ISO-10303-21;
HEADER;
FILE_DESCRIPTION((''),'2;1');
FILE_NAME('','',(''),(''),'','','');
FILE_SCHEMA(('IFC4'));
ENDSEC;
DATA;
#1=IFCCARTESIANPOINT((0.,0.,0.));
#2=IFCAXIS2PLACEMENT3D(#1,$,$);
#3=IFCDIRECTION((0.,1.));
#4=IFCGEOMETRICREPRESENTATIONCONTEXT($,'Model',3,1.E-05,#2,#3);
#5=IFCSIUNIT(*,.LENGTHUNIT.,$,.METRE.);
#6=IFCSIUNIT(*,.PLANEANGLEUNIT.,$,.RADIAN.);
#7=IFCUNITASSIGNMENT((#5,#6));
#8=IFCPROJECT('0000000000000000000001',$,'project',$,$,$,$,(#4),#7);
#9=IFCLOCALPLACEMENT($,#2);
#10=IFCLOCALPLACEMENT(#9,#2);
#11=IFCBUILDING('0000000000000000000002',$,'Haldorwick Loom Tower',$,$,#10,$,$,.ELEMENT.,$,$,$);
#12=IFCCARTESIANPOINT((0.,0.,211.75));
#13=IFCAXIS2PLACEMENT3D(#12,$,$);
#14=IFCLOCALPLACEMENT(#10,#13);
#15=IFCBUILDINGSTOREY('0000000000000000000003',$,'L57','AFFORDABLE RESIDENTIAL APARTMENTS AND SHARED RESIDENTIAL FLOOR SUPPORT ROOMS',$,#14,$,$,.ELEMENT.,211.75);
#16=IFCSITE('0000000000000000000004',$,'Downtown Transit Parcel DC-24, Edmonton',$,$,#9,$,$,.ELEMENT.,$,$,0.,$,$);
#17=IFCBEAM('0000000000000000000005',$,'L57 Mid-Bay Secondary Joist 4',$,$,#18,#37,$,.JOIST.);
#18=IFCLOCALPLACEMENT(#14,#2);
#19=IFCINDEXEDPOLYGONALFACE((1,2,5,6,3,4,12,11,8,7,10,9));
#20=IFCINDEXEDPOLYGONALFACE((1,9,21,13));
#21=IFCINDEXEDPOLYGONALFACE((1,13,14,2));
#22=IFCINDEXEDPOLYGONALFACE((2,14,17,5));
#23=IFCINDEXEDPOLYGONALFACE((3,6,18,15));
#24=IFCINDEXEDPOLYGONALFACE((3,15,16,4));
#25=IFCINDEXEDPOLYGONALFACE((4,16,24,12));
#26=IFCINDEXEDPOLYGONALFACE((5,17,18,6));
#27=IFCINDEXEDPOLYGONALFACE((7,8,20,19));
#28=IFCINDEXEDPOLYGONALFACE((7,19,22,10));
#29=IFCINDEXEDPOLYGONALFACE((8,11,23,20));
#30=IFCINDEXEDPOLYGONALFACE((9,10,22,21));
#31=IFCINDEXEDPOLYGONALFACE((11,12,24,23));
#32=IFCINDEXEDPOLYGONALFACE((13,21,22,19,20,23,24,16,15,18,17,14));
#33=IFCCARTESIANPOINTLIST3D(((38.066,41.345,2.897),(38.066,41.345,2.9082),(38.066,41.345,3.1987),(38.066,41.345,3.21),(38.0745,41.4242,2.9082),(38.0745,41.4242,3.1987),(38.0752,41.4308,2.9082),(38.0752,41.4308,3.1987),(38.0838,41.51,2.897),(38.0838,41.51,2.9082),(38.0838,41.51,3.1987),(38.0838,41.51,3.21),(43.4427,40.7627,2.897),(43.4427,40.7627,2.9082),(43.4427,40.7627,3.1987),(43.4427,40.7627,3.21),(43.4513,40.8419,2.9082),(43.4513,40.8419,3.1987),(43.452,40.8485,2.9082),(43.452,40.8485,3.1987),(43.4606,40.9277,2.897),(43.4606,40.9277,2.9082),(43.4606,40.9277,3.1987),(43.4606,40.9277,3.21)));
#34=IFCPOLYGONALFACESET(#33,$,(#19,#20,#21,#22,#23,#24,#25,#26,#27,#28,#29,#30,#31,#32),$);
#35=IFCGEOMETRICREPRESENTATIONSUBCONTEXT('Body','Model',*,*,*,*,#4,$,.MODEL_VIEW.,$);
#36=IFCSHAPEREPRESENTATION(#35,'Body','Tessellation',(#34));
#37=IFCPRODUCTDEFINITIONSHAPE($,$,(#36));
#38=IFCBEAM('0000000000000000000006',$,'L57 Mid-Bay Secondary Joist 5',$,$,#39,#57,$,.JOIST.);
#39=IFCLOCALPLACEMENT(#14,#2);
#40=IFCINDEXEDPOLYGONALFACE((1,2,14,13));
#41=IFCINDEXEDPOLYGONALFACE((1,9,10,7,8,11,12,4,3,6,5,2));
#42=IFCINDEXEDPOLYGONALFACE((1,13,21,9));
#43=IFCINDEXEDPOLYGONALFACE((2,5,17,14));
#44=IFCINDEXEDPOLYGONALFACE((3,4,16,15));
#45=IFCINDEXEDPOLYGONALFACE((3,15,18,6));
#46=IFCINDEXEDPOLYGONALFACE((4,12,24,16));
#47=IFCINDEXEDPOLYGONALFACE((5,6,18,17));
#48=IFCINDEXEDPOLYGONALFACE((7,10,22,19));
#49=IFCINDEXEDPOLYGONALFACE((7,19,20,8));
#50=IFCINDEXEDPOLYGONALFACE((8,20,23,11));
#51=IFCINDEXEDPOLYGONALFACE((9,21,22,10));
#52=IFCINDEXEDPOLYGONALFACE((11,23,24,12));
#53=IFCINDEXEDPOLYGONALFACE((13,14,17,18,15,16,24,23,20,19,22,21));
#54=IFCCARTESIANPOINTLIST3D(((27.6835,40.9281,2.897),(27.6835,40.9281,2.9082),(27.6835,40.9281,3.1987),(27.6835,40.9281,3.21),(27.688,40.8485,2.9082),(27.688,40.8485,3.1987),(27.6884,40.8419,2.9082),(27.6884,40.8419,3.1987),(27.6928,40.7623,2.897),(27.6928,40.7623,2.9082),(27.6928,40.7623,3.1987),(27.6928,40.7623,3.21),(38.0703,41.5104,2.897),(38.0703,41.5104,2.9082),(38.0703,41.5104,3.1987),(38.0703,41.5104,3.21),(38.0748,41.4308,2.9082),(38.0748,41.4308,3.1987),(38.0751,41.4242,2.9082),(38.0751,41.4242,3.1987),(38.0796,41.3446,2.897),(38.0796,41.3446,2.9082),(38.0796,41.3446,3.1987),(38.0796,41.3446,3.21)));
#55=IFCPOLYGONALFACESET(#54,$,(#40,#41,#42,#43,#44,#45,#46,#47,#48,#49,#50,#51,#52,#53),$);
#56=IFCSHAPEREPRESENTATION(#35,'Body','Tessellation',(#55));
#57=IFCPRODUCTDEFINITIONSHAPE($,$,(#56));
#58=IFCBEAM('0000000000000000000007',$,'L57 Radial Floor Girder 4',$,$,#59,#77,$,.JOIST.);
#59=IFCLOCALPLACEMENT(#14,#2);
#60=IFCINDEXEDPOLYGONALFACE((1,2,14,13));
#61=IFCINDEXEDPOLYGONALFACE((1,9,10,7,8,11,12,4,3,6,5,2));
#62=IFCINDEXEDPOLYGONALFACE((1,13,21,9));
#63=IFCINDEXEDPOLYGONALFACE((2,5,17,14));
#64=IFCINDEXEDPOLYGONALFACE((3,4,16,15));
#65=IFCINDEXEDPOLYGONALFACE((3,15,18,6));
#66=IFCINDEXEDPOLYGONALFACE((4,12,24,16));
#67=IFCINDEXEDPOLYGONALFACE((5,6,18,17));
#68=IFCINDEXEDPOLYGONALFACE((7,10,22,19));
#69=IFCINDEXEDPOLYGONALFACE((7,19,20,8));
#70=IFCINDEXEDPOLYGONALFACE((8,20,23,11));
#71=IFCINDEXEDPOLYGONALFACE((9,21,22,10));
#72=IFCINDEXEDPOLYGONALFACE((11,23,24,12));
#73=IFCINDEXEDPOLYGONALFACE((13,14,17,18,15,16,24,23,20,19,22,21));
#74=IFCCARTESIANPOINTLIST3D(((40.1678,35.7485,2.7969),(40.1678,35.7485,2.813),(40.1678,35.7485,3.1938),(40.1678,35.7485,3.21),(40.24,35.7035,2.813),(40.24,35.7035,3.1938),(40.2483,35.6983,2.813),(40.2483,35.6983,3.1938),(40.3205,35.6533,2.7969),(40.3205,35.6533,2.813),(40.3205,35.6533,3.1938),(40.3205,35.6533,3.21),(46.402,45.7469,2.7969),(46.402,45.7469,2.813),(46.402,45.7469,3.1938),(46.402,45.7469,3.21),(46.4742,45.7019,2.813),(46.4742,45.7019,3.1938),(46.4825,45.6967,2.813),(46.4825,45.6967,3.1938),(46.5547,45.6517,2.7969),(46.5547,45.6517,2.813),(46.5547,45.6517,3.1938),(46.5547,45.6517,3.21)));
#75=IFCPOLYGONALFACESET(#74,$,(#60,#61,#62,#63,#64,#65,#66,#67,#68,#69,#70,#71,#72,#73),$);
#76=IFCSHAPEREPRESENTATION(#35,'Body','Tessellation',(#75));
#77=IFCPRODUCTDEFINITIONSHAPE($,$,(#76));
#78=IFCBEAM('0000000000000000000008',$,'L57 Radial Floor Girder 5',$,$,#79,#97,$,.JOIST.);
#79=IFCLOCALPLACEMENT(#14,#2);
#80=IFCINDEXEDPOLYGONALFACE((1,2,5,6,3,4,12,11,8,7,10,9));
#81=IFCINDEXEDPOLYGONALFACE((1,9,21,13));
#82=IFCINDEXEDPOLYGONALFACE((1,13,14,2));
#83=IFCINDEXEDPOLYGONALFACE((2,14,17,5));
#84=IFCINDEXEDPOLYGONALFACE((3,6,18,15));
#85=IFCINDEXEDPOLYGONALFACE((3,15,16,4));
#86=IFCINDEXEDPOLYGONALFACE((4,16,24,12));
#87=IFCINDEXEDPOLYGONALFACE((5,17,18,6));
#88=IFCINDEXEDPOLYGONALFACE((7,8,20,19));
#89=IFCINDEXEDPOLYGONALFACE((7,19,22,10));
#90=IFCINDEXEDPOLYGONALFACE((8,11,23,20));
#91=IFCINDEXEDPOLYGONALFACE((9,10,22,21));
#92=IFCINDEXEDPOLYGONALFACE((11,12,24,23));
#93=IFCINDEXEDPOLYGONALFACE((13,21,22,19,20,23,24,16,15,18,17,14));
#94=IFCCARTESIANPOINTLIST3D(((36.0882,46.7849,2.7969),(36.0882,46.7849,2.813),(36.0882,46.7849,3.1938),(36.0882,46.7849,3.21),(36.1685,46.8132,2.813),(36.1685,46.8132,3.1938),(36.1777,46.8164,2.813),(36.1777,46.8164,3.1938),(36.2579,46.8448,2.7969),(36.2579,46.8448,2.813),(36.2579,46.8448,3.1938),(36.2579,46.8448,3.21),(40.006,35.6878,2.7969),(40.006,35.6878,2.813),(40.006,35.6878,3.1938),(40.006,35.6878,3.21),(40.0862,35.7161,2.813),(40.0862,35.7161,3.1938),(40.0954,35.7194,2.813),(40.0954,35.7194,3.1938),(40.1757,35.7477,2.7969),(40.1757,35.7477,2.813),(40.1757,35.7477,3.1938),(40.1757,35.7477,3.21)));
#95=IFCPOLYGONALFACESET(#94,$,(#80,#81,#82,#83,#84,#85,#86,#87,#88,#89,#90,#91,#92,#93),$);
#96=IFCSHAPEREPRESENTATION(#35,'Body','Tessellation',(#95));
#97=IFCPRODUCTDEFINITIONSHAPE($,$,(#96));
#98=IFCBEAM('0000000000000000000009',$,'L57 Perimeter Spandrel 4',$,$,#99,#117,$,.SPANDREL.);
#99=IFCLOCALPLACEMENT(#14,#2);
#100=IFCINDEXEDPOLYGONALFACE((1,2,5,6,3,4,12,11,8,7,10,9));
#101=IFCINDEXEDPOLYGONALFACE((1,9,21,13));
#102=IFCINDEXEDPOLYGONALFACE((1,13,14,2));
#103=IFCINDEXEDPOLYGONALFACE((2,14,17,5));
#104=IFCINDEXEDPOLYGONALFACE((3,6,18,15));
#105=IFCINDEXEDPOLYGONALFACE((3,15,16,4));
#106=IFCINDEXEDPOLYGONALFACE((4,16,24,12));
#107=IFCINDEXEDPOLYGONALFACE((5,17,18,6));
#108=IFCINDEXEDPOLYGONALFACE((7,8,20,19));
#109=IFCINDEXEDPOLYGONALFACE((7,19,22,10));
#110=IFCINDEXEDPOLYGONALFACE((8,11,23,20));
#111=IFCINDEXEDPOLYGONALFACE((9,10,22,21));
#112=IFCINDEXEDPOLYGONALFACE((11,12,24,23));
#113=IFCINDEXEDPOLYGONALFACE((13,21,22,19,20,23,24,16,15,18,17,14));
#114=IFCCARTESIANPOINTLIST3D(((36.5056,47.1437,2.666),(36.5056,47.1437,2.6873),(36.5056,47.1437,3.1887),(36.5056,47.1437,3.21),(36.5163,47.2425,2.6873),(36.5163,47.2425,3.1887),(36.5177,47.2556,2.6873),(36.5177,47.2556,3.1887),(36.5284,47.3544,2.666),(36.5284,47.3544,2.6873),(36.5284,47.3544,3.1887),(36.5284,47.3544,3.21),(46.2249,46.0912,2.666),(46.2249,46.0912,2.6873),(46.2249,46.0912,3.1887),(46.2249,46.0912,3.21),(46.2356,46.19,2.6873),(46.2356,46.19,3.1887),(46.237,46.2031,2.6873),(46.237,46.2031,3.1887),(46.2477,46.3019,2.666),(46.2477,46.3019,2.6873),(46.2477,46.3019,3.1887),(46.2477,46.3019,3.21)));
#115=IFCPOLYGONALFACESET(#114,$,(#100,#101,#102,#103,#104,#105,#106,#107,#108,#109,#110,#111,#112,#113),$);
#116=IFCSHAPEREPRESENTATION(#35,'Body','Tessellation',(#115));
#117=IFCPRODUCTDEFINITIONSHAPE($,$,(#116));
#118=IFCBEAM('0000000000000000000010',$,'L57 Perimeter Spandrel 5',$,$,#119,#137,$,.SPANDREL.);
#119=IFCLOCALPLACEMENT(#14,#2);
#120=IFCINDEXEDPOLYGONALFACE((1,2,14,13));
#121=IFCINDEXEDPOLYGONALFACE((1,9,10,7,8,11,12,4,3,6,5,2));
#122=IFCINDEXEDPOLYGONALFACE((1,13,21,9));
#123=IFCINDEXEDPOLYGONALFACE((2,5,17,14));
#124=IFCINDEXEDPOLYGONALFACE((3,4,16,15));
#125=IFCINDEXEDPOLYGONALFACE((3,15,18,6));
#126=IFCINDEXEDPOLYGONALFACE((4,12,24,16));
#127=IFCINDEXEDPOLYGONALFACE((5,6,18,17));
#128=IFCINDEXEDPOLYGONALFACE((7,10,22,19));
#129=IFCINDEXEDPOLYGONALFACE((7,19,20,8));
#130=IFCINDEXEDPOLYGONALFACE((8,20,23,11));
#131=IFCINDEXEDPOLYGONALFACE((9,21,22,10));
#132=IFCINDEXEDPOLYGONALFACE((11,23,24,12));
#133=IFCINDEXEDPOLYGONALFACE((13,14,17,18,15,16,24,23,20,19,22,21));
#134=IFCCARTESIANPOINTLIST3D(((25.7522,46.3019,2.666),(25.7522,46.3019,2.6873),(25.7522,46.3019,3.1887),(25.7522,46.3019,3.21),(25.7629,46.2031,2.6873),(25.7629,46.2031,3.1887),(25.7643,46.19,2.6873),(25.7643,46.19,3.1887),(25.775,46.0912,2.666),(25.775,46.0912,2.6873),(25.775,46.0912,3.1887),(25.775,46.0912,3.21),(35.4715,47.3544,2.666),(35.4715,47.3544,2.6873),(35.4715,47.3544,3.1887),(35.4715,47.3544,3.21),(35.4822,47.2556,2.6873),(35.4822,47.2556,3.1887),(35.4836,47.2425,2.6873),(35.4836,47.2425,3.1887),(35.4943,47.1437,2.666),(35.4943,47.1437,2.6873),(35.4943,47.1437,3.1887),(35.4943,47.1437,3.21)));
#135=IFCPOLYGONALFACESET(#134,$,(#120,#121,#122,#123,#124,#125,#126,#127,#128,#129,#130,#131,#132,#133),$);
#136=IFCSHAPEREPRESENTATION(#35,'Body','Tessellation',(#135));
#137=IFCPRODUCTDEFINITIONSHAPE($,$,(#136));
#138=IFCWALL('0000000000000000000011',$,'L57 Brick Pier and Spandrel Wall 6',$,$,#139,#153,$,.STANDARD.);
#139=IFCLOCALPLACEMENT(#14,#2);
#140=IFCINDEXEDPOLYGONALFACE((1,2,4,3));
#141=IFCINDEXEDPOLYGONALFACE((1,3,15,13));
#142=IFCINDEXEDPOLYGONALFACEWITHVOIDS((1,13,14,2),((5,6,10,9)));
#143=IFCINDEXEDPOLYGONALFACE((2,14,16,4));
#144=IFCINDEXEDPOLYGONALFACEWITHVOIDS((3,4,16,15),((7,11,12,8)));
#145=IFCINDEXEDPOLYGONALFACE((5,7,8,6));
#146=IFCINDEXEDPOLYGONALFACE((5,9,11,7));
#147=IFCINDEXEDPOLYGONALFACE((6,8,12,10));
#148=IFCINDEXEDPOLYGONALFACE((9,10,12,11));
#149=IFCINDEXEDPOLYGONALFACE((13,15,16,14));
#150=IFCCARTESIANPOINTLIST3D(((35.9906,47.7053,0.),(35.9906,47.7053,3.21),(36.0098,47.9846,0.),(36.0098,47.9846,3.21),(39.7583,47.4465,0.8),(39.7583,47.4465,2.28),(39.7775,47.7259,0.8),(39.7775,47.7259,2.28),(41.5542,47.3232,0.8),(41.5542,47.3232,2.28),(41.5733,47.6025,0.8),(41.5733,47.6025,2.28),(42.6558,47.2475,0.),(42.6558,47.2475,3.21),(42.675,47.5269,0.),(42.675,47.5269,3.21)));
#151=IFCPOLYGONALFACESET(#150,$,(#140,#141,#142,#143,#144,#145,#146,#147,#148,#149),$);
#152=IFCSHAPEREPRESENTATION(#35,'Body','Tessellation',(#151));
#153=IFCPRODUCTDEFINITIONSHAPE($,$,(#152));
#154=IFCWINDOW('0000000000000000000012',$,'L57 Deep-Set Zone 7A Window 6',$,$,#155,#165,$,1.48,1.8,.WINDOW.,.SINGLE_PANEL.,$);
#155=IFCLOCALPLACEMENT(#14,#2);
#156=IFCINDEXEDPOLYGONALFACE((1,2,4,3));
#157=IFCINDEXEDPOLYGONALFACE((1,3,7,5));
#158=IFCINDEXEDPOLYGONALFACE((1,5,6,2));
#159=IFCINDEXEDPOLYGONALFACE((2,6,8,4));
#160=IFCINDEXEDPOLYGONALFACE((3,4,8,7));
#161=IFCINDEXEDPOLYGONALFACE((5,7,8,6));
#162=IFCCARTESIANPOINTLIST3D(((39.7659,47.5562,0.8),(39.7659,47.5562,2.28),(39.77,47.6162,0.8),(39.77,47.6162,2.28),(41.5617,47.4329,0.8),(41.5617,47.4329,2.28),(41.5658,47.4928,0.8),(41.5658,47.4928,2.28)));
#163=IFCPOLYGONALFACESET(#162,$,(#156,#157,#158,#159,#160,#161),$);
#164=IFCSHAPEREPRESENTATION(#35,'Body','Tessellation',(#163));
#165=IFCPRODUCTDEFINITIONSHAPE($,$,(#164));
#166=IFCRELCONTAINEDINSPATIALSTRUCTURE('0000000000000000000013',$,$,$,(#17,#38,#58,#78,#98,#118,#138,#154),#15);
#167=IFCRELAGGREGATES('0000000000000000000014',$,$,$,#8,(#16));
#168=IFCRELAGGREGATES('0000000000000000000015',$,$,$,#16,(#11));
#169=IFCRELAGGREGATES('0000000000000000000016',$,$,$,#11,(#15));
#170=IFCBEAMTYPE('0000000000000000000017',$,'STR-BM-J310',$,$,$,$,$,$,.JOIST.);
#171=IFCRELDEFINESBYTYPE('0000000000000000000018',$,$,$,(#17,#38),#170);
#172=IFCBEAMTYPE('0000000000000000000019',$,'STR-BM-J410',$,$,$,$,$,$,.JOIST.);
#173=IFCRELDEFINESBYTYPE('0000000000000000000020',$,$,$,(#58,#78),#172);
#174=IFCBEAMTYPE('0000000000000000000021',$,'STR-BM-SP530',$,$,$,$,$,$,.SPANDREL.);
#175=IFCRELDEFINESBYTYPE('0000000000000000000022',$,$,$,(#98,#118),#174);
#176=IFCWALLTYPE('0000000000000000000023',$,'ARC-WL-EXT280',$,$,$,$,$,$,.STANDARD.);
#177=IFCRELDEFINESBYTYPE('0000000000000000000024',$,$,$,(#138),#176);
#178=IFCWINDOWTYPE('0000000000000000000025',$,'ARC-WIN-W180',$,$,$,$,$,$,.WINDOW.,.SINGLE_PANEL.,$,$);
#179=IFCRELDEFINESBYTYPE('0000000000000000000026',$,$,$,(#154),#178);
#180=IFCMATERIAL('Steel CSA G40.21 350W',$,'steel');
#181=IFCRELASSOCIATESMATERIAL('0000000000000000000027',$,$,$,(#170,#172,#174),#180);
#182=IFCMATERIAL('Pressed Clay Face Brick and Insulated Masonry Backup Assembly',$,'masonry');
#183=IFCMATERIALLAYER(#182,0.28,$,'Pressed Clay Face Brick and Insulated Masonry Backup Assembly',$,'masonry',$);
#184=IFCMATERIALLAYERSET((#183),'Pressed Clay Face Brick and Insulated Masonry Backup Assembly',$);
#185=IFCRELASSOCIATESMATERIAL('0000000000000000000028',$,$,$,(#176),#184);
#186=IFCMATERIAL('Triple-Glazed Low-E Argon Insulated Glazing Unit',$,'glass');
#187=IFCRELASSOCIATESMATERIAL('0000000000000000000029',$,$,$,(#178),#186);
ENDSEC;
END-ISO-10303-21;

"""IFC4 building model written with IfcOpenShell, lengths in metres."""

from ifc_helpers import new_model, si_unit, direction, frame, frame_2d, origin, origin_2d, place, context, subcontext, project, spatial, rectangle, i_section, extrude, material, layer, layer_set, material_profile, profile_set, type_object, element, fill, save


model = new_model("IFC4")

# Units and contexts
model_context = context("Model", 3, precision=1e-05, world=origin(), true_north=direction((0.0, 1.0)))
body_context = subcontext(model_context, "Body", "Model", "MODEL_VIEW")
ifc_project = project(units=[si_unit("LENGTHUNIT", "METRE"), si_unit("PLANEANGLEUNIT", "RADIAN")], contexts=[model_context])

# Site, building, storey
site_placement = place(None, origin())
site = spatial("IfcSite", under=ifc_project, at=site_placement, Name="Downtown Transit Parcel DC-24, Edmonton", CompositionType="ELEMENT", RefElevation=0.0)
building_placement = place(site_placement, origin())
building = spatial("IfcBuilding", under=site, at=building_placement, Name="Haldorwick Loom Tower", CompositionType="ELEMENT")
storey_placement = place(building_placement, frame((0.0, 0.0, 211.75)))
storey = spatial("IfcBuildingStorey", under=building, at=storey_placement, Name="L57", Description="AFFORDABLE RESIDENTIAL APARTMENTS AND SHARED RESIDENTIAL FLOOR SUPPORT ROOMS", CompositionType="ELEMENT", Elevation=211.75)

# Shared definitions
ifc_material_1 = material(Name="Steel CSA G40.21 350W", Category="steel")

# Beams
ifc_material_profile_1 = material_profile(ifc_material_1, i_section(OverallWidth=0.166, OverallDepth=0.313, WebThickness=0.0066, FlangeThickness=0.0112, at=origin_2d()), Name="W310X45", Category="steel")
ifc_profile_set_1 = profile_set([ifc_material_profile_1], Name="Steel CSA G40.21 350W")
beam_type_1 = type_object("IfcBeamType", Name="STR-BM-J310", PredefinedType="JOIST", material=ifc_profile_set_1)
beam_1_placement = place(storey_placement, frame((43.4517, 40.8452, 3.0535), z_axis=(-0.994187, 0.107666, 0.0), x_axis=(-0.107666, -0.994187, 0.0)))
element("IfcBeam", 1, at=beam_1_placement, inside=storey, type_object=beam_type_1, Name="L57 Mid-Bay Secondary Joist 4", PredefinedType="JOIST", context=body_context, shape_type="SweptSolid", body=[
    extrude(i_section(OverallWidth=0.166, OverallDepth=0.313, WebThickness=0.0066, FlangeThickness=0.0112, at=origin_2d()), origin(), (0.0, 0.0, 1.0), 5.4082),
])
beam_2_placement = place(storey_placement, frame((38.075, 41.4275, 3.0535), z_axis=(-0.998432, -0.055972, 0.0), x_axis=(0.055972, -0.998432, 0.0)))
element("IfcBeam", 2, at=beam_2_placement, inside=storey, type_object=beam_type_1, Name="L57 Mid-Bay Secondary Joist 5", PredefinedType="JOIST", context=body_context, shape_type="SweptSolid", body=[
    extrude(i_section(OverallWidth=0.166, OverallDepth=0.313, WebThickness=0.0066, FlangeThickness=0.0112, at=origin_2d()), origin(), (0.0, 0.0, 1.0), 10.4031),
])
ifc_material_profile_2 = material_profile(ifc_material_1, i_section(OverallWidth=0.1799, OverallDepth=0.4131, WebThickness=0.0098, FlangeThickness=0.0161, at=origin_2d()), Name="W410X74", Category="steel")
ifc_profile_set_2 = profile_set([ifc_material_profile_2], Name="Steel CSA G40.21 350W")
beam_type_2 = type_object("IfcBeamType", Name="STR-BM-J410", PredefinedType="JOIST", material=ifc_profile_set_2)
beam_3_placement = place(storey_placement, frame((40.2441, 35.7009, 3.0034), z_axis=(0.529095, 0.848562, 0.0), x_axis=(-0.848562, 0.529095, 0.0)))
element("IfcBeam", 3, at=beam_3_placement, inside=storey, type_object=beam_type_2, Name="L57 Radial Floor Girder 4", PredefinedType="JOIST", context=body_context, shape_type="SweptSolid", body=[
    extrude(i_section(OverallWidth=0.1799, OverallDepth=0.4131, WebThickness=0.0098, FlangeThickness=0.0161, at=origin_2d()), origin(), (0.0, 0.0, 1.0), 11.7827),
])
beam_4_placement = place(storey_placement, frame((40.0908, 35.7178, 3.0034), z_axis=(-0.332908, 0.942959, 0.0), x_axis=(-0.942959, -0.332908, 0.0)))
element("IfcBeam", 4, at=beam_4_placement, inside=storey, type_object=beam_type_2, Name="L57 Radial Floor Girder 5", PredefinedType="JOIST", context=body_context, shape_type="SweptSolid", body=[
    extrude(i_section(OverallWidth=0.1799, OverallDepth=0.4131, WebThickness=0.0098, FlangeThickness=0.0161, at=origin_2d()), origin(), (0.0, 0.0, 1.0), 11.7683),
])
ifc_material_profile_3 = material_profile(ifc_material_1, i_section(OverallWidth=0.2119, OverallDepth=0.5439, WebThickness=0.0132, FlangeThickness=0.0212, at=origin_2d()), Name="W530X123", Category="steel")
ifc_profile_set_3 = profile_set([ifc_material_profile_3], Name="Steel CSA G40.21 350W")
beam_type_3 = type_object("IfcBeamType", Name="STR-BM-SP530", PredefinedType="SPANDREL", material=ifc_profile_set_3)
for number, where, z_axis, x_axis, name in (
    (5, (46.2363, 46.1965, 2.938), (-0.994188, 0.10766, 0.0), (-0.10766, -0.994188, 0.0), "L57 Perimeter Spandrel 4"),
    (6, (35.4829, 47.249, 2.938), (-0.994188, -0.10766, 0.0), (0.10766, -0.994188, 0.0), "L57 Perimeter Spandrel 5"),
):
    element("IfcBeam", number, at=place(storey_placement, frame(where, z_axis=z_axis, x_axis=x_axis)), inside=storey, type_object=beam_type_3, Name=name, PredefinedType="SPANDREL", context=body_context, shape_type="SweptSolid", body=[
        extrude(i_section(OverallWidth=0.2119, OverallDepth=0.5439, WebThickness=0.0132, FlangeThickness=0.0212, at=origin_2d()), origin(), (0.0, 0.0, 1.0), 9.7761),
    ])

# Wall, opening, window
ifc_material_2 = material(Name="Pressed Clay Face Brick and Insulated Masonry Backup Assembly", Category="masonry")
ifc_layer = layer(ifc_material_2, 0.28, Name="Pressed Clay Face Brick and Insulated Masonry Backup Assembly", Category="masonry")
ifc_layer_set = layer_set([ifc_layer], Name="Pressed Clay Face Brick and Insulated Masonry Backup Assembly")
wall_type = type_object("IfcWallType", Name="ARC-WL-EXT280", PredefinedType="STANDARD", material=ifc_layer_set)
wall_1_placement = place(storey_placement, frame((42.6653, 47.3872, 0.0), z_axis=(0.0, 0.0, 1.0), x_axis=(-0.99765, 0.068517, 0.0)))
wall_1 = element("IfcWall", 7, at=wall_1_placement, inside=storey, type_object=wall_type, Name="L57 Brick Pier and Spandrel Wall 6", PredefinedType="STANDARD", context=body_context, shape_type="SweptSolid", body=[
    extrude(rectangle(XDim=6.6809, YDim=0.28, at=frame_2d((3.3403, 0.0))), origin(), (0.0, 0.0, 1.0), 3.21),
])
opening_1_placement = place(wall_1_placement, frame((1.1042, 0.0, 0.8)))
opening_1 = element("IfcOpeningElement", 8, at=opening_1_placement, cuts=wall_1, PredefinedType="OPENING", context=body_context, shape_type="SweptSolid", body=[
    extrude(rectangle(XDim=1.8, YDim=1.48, at=frame_2d((0.8999, 0.74))), frame((0.0, 0.1499, 0.0), z_axis=(0.0, -1.0, 0.0), x_axis=(1.0, 0.0, 0.0)), (0.0, 0.0, 1.0), 0.3),
])
ifc_material_3 = material(Name="Triple-Glazed Low-E Argon Insulated Glazing Unit", Category="glass")
window_type = type_object("IfcWindowType", Name="ARC-WIN-W180", PartitioningType="SINGLE_PANEL", PredefinedType="WINDOW", material=ifc_material_3)
window_1_placement = place(opening_1_placement, origin())
window_1 = element("IfcWindow", 9, at=window_1_placement, inside=storey, type_object=window_type, Name="L57 Deep-Set Zone 7A Window 6", OverallHeight=1.48, OverallWidth=1.8, PartitioningType="SINGLE_PANEL", PredefinedType="WINDOW", context=body_context, shape_type="SweptSolid", body=[
    extrude(rectangle(XDim=1.8, YDim=1.48, at=frame_2d((0.8999, 0.74))), frame((0.0, 0.03, 0.0), z_axis=(0.0, -1.0, 0.0), x_axis=(1.0, 0.0, 0.0)), (0.0, 0.0, 1.0), 0.0601),
])
fill(opening_1, window_1)

save(model, "model.ifc")
